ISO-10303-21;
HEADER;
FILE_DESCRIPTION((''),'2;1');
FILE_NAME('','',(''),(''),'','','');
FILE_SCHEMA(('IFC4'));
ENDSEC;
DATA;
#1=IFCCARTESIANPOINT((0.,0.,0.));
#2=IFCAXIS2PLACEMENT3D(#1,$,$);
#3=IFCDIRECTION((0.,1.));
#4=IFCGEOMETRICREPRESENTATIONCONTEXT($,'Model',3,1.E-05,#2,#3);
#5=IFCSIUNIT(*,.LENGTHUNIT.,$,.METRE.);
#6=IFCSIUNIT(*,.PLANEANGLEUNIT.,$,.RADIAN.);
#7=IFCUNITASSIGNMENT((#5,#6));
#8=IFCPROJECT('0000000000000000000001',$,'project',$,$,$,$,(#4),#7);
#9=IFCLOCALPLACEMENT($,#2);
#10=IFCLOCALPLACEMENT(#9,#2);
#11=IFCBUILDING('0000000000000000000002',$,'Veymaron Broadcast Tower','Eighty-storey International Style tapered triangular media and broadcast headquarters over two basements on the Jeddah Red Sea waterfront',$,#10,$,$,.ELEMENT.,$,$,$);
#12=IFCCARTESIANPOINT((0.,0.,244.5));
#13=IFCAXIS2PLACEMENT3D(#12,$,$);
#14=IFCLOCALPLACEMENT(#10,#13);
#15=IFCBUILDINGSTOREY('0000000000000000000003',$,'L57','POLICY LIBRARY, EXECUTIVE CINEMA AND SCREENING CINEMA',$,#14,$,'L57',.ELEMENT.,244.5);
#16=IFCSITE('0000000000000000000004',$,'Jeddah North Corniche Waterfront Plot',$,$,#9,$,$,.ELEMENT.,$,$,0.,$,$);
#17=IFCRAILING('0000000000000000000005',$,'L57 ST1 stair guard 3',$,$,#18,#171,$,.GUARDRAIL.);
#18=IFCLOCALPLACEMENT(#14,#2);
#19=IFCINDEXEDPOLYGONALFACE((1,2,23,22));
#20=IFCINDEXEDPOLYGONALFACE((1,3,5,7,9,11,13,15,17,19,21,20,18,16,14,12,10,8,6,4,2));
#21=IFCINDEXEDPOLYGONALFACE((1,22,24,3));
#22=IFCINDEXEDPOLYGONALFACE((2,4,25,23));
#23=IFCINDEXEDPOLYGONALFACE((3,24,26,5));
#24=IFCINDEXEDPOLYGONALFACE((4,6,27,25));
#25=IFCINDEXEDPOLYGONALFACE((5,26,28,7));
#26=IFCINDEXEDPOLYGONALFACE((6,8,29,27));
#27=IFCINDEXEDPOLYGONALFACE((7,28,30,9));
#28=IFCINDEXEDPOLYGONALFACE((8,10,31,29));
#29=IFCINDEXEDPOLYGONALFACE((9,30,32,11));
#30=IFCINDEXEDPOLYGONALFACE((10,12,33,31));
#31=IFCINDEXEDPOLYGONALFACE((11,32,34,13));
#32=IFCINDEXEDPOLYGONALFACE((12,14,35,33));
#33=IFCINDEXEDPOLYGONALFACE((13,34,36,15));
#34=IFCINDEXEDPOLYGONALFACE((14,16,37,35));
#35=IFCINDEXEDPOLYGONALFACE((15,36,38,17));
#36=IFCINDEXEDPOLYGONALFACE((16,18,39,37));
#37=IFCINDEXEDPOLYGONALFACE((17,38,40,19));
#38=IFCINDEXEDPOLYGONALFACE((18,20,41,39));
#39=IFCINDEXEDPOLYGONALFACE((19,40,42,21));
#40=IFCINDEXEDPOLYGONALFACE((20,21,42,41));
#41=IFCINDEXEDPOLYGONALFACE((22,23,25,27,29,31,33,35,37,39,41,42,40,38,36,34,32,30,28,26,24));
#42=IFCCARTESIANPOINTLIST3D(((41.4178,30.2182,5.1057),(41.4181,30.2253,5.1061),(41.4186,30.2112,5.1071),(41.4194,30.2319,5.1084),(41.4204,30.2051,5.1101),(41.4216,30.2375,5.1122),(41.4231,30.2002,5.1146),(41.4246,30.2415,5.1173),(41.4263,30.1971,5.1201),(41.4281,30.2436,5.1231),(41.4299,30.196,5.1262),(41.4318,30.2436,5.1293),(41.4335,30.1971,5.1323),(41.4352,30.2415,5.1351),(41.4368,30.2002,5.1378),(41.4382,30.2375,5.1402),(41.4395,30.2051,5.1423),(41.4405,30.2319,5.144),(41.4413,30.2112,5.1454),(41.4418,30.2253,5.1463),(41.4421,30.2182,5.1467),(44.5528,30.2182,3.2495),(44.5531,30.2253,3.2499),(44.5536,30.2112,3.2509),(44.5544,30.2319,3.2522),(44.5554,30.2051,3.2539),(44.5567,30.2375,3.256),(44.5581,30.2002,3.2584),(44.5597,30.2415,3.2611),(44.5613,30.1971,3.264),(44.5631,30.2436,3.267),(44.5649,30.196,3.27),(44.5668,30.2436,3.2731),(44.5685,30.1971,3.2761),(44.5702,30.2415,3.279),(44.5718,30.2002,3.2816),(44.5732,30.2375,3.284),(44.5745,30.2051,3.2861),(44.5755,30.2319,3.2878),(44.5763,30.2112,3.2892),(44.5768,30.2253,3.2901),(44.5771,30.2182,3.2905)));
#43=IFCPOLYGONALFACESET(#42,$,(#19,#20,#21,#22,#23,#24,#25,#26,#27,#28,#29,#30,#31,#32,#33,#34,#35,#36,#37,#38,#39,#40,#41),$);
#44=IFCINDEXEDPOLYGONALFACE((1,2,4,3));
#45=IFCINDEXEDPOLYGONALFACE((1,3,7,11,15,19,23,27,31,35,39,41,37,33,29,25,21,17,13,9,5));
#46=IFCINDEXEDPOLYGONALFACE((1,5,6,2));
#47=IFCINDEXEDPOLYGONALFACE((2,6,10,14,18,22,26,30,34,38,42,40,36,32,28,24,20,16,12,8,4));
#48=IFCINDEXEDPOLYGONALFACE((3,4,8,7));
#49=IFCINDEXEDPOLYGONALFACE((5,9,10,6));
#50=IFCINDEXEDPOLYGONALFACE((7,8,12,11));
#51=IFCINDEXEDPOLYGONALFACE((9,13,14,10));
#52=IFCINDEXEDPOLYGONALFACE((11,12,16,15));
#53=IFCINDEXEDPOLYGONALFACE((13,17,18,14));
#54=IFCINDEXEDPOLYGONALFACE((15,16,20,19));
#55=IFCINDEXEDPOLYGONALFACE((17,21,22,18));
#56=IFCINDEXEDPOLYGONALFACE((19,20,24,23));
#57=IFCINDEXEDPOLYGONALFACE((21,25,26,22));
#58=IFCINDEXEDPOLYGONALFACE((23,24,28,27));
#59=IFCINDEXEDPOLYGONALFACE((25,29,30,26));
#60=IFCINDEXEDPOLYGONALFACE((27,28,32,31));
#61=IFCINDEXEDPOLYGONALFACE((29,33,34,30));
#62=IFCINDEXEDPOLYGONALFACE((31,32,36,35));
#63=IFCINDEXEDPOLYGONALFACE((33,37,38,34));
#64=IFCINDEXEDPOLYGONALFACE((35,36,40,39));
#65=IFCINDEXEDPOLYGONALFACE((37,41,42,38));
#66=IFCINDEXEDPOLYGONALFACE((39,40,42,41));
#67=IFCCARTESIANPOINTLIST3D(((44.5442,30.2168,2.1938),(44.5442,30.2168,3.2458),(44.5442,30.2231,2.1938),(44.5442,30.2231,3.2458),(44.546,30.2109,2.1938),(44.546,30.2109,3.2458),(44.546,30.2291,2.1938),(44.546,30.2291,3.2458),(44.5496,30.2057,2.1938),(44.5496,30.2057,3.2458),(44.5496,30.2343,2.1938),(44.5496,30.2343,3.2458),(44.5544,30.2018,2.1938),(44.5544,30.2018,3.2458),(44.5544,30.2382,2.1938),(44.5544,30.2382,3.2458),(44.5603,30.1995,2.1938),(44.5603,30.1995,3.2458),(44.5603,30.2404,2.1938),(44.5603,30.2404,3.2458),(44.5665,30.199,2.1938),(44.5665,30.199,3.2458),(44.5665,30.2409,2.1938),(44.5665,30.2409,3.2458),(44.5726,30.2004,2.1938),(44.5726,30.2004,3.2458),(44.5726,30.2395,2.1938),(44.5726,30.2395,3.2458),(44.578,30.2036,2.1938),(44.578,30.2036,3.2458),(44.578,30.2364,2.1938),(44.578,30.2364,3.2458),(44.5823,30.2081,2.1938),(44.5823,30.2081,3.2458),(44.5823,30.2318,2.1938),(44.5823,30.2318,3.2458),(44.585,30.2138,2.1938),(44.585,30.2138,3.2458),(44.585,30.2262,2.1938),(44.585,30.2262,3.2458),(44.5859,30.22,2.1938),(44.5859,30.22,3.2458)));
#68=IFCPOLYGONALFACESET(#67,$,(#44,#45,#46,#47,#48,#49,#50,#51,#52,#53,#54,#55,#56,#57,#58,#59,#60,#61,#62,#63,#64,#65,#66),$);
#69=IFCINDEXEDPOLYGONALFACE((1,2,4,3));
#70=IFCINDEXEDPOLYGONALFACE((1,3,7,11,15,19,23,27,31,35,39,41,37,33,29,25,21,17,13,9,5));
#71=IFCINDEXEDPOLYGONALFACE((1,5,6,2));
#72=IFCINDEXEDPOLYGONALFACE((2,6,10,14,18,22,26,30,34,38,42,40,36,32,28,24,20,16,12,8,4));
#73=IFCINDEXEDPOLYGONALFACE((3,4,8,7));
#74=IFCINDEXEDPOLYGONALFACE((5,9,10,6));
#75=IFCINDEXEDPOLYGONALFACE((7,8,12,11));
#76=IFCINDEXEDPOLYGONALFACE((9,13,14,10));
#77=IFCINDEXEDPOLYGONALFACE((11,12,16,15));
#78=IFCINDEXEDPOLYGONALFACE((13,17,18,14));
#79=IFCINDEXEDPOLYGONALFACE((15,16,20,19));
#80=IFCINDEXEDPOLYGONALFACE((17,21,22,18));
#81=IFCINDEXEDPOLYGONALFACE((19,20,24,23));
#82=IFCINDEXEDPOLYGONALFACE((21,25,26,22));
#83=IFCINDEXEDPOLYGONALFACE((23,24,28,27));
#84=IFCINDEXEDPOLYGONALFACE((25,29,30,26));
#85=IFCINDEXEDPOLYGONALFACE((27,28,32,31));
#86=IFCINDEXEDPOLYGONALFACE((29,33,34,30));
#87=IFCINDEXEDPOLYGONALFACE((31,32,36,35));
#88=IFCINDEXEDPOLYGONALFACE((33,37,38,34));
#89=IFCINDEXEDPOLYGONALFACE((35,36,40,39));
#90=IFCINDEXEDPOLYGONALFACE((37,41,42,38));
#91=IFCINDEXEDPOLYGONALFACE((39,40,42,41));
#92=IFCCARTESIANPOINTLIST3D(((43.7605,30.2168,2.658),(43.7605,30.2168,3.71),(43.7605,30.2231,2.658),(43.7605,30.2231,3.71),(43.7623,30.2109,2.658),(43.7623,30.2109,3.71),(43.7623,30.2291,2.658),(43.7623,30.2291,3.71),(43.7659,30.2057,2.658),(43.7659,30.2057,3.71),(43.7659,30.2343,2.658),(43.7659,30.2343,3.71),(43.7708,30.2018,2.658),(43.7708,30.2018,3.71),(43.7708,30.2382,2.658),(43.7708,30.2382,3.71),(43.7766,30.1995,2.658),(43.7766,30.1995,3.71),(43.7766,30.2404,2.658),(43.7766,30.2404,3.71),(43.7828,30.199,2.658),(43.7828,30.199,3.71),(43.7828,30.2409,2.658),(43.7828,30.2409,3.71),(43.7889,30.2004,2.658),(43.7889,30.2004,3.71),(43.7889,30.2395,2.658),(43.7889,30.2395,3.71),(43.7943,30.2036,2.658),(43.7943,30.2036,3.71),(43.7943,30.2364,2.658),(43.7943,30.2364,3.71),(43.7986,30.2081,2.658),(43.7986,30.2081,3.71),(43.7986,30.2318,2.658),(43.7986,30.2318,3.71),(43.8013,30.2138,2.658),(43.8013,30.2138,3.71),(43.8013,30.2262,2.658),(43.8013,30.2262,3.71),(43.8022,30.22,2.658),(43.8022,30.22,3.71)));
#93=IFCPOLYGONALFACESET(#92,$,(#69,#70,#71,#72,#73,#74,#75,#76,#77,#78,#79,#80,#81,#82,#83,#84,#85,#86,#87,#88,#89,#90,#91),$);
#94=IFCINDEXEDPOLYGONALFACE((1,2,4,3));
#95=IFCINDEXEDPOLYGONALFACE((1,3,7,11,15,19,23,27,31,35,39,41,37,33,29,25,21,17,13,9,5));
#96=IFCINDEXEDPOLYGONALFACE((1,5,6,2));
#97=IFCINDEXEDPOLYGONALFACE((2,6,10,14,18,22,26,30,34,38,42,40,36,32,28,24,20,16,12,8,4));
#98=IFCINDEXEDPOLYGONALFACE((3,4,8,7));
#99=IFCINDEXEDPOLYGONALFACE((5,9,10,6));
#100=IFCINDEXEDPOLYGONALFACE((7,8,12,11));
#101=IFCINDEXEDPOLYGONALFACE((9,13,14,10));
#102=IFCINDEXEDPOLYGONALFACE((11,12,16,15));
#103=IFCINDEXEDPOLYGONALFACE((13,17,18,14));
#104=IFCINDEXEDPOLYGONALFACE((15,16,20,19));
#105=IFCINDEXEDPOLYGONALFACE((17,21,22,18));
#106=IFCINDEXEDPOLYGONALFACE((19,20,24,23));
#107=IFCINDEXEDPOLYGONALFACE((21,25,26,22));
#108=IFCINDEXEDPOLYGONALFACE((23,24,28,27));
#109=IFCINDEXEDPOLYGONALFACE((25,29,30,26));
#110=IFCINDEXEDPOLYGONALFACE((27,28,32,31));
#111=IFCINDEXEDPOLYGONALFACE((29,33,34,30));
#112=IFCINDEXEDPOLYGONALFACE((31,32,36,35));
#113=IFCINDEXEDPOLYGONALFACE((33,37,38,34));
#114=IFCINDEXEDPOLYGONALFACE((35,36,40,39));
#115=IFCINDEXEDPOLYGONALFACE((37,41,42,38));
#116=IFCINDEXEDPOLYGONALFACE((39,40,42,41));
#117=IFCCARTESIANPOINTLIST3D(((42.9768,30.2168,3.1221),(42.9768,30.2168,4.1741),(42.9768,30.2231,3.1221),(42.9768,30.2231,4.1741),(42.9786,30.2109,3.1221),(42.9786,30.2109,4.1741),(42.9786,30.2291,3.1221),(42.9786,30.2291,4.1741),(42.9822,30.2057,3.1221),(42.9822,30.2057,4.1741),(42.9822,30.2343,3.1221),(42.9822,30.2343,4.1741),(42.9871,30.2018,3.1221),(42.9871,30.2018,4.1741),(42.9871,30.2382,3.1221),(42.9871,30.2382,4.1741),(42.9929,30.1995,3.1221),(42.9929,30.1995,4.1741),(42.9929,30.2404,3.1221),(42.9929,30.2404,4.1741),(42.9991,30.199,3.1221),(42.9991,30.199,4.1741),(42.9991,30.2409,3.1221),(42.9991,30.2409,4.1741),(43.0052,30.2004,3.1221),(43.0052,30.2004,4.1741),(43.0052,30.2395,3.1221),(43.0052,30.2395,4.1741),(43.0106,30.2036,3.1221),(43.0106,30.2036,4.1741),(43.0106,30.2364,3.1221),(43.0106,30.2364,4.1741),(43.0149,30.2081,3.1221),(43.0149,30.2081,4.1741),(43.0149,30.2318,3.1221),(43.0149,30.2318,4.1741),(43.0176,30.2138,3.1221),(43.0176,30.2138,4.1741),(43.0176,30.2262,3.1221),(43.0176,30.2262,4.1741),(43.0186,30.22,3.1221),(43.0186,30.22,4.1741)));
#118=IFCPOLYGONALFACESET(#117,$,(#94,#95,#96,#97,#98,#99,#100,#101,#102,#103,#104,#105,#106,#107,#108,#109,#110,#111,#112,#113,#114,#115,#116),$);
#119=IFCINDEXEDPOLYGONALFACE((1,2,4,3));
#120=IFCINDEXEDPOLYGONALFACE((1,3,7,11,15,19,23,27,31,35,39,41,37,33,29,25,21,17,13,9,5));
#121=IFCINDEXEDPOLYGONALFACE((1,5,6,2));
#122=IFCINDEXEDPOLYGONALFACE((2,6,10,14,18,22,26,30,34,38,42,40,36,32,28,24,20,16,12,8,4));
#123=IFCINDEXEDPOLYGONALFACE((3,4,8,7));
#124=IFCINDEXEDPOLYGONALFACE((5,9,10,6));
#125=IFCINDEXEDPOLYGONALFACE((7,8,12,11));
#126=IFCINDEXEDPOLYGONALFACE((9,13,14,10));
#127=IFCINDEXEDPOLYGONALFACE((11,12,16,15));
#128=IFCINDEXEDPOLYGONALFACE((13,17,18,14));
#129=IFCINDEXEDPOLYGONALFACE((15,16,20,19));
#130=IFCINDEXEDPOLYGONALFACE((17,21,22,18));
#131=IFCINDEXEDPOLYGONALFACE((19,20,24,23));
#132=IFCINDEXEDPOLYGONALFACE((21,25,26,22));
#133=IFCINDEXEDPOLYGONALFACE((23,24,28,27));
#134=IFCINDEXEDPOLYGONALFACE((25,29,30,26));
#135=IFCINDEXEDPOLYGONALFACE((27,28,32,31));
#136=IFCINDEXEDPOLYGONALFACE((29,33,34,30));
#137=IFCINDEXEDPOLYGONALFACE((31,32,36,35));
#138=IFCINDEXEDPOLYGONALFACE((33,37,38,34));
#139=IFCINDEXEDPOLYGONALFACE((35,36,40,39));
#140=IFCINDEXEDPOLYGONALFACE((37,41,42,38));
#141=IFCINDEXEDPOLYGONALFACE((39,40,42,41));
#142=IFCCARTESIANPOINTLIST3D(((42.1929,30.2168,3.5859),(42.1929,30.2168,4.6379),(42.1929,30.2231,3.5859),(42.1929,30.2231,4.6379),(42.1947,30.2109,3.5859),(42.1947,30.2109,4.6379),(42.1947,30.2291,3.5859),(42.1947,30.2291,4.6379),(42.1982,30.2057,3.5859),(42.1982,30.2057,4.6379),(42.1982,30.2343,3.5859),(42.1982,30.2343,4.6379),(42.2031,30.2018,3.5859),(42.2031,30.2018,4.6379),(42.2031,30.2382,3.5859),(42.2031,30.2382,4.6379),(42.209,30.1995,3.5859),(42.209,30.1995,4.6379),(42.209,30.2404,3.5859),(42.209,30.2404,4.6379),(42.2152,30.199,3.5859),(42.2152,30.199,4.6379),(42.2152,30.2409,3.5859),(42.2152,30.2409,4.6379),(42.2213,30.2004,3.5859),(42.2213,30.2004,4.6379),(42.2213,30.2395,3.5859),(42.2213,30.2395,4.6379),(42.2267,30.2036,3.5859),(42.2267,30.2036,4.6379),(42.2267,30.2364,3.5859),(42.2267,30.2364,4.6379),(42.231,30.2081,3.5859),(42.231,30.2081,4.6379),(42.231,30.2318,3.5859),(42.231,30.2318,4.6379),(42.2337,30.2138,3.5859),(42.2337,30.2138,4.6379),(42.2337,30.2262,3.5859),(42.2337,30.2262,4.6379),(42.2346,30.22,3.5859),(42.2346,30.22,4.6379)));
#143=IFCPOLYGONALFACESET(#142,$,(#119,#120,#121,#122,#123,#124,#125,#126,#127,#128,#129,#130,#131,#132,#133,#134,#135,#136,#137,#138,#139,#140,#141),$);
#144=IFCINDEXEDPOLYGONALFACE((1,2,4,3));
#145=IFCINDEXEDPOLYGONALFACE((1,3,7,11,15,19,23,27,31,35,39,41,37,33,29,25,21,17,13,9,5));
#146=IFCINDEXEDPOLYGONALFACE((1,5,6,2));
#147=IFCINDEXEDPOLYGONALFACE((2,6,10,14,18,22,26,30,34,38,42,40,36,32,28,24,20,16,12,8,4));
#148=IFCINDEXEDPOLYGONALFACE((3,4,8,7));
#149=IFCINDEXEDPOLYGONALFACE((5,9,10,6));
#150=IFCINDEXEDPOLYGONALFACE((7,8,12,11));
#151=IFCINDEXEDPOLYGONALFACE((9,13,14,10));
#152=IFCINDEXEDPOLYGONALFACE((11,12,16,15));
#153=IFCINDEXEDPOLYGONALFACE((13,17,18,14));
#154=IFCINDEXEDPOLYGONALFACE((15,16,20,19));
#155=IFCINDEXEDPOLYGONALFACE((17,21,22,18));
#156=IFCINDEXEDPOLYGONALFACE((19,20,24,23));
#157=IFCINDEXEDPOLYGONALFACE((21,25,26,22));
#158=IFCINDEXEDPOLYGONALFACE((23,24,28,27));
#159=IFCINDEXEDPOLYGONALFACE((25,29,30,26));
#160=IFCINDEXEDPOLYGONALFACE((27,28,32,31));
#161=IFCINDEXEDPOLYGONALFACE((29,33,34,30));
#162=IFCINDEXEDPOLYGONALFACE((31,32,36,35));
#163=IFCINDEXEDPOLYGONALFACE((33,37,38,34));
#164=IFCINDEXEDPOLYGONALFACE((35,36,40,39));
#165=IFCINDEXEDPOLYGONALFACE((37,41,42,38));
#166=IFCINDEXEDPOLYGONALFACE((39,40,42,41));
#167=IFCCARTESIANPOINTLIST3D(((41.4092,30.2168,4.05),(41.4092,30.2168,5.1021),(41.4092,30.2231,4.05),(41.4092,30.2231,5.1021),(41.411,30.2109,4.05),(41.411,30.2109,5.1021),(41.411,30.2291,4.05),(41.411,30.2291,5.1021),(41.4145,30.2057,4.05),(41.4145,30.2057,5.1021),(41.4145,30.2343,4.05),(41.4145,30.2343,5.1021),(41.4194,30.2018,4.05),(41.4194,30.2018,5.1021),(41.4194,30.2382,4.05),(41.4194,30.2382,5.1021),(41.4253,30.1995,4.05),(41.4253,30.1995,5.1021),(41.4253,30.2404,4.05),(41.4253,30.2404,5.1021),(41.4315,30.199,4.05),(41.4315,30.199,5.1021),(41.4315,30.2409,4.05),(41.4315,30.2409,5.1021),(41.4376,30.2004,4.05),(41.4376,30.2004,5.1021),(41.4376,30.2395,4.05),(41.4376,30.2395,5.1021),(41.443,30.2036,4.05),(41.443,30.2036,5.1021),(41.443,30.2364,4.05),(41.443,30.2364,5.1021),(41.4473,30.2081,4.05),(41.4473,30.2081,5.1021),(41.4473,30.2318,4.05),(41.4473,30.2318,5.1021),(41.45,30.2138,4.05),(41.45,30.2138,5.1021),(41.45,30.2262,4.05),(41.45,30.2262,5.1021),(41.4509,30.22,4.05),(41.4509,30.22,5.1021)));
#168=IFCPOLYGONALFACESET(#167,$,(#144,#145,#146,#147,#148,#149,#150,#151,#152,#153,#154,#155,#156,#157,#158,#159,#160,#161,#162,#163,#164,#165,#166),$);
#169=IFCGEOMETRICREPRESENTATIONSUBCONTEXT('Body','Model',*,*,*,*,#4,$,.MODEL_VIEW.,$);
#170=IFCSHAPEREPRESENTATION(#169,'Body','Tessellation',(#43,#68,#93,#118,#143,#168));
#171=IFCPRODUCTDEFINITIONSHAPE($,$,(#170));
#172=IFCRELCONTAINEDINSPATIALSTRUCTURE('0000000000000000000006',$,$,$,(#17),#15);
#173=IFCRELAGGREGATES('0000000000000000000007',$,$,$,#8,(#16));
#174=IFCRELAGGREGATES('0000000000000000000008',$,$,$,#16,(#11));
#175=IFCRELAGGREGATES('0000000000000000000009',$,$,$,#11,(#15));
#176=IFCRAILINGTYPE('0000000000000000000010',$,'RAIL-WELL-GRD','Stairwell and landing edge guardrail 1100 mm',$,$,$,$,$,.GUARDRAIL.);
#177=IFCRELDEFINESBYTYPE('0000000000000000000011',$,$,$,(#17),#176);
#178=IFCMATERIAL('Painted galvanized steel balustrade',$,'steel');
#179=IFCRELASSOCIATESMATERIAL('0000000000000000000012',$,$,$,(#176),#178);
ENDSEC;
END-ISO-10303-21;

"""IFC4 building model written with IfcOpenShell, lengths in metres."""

from ifc_helpers import new_model, si_unit, direction, frame, origin, origin_2d, place, context, subcontext, project, spatial, circle, extrude, material, type_object, element, save


model = new_model("IFC4")

# Units and contexts
model_context = context("Model", 3, precision=1e-05, world=origin(), true_north=direction((0.0, 1.0)))
body_context = subcontext(model_context, "Body", "Model", "MODEL_VIEW")
ifc_project = project(units=[si_unit("LENGTHUNIT", "METRE"), si_unit("PLANEANGLEUNIT", "RADIAN")], contexts=[model_context])

# Site, building, storey
site_placement = place(None, origin())
site = spatial("IfcSite", under=ifc_project, at=site_placement, Name="Jeddah North Corniche Waterfront Plot", CompositionType="ELEMENT", RefElevation=0.0)
building_placement = place(site_placement, origin())
building = spatial("IfcBuilding", under=site, at=building_placement, Name="Veymaron Broadcast Tower", Description="Eighty-storey International Style tapered triangular media and broadcast headquarters over two basements on the Jeddah Red Sea waterfront", CompositionType="ELEMENT")
storey_placement = place(building_placement, frame((0.0, 0.0, 244.5)))
storey = spatial("IfcBuildingStorey", under=building, at=storey_placement, Name="L57", Description="POLICY LIBRARY, EXECUTIVE CINEMA AND SCREENING CINEMA", LongName="L57", CompositionType="ELEMENT", Elevation=244.5)

# Railing
ifc_material_1 = material(Name="Painted galvanized steel balustrade", Category="steel")
railing_type_1 = type_object("IfcRailingType", Name="RAIL-WELL-GRD", Description="Stairwell and landing edge guardrail 1100 mm", PredefinedType="GUARDRAIL", material=ifc_material_1)
railing_1_placement = place(storey_placement, frame((44.5649, 30.22, 2.1938)))
element("IfcRailing", 1, at=railing_1_placement, inside=storey, type_object=railing_type_1, Name="L57 ST1 stair guard 3", PredefinedType="GUARDRAIL", context=body_context, shape_type="SweptSolid", body=[
    extrude(circle(Radius=0.0239, at=origin_2d()), frame((0.0, 0.0, 1.0762), z_axis=(-0.860482, 0.0, 0.509481), x_axis=(0.0, -1.0, 0.0)), (0.0, 0.0, 1.0), 3.6433),
    extrude(circle(Radius=0.021, at=origin_2d()), origin(), (0.0, 0.0, 1.0), 1.052),
    extrude(circle(Radius=0.021, at=origin_2d()), frame((-0.7837, 0.0, 0.4641)), (0.0, 0.0, 1.0), 1.052),
    extrude(circle(Radius=0.021, at=origin_2d()), frame((-1.5674, 0.0, 0.9282)), (0.0, 0.0, 1.0), 1.052),
    extrude(circle(Radius=0.021, at=origin_2d()), frame((-2.3513, 0.0, 1.3921)), (0.0, 0.0, 1.0), 1.052),
    extrude(circle(Radius=0.021, at=origin_2d()), frame((-3.135, 0.0, 1.8562)), (0.0, 0.0, 1.0), 1.052),
])

save(model, "model.ifc")
